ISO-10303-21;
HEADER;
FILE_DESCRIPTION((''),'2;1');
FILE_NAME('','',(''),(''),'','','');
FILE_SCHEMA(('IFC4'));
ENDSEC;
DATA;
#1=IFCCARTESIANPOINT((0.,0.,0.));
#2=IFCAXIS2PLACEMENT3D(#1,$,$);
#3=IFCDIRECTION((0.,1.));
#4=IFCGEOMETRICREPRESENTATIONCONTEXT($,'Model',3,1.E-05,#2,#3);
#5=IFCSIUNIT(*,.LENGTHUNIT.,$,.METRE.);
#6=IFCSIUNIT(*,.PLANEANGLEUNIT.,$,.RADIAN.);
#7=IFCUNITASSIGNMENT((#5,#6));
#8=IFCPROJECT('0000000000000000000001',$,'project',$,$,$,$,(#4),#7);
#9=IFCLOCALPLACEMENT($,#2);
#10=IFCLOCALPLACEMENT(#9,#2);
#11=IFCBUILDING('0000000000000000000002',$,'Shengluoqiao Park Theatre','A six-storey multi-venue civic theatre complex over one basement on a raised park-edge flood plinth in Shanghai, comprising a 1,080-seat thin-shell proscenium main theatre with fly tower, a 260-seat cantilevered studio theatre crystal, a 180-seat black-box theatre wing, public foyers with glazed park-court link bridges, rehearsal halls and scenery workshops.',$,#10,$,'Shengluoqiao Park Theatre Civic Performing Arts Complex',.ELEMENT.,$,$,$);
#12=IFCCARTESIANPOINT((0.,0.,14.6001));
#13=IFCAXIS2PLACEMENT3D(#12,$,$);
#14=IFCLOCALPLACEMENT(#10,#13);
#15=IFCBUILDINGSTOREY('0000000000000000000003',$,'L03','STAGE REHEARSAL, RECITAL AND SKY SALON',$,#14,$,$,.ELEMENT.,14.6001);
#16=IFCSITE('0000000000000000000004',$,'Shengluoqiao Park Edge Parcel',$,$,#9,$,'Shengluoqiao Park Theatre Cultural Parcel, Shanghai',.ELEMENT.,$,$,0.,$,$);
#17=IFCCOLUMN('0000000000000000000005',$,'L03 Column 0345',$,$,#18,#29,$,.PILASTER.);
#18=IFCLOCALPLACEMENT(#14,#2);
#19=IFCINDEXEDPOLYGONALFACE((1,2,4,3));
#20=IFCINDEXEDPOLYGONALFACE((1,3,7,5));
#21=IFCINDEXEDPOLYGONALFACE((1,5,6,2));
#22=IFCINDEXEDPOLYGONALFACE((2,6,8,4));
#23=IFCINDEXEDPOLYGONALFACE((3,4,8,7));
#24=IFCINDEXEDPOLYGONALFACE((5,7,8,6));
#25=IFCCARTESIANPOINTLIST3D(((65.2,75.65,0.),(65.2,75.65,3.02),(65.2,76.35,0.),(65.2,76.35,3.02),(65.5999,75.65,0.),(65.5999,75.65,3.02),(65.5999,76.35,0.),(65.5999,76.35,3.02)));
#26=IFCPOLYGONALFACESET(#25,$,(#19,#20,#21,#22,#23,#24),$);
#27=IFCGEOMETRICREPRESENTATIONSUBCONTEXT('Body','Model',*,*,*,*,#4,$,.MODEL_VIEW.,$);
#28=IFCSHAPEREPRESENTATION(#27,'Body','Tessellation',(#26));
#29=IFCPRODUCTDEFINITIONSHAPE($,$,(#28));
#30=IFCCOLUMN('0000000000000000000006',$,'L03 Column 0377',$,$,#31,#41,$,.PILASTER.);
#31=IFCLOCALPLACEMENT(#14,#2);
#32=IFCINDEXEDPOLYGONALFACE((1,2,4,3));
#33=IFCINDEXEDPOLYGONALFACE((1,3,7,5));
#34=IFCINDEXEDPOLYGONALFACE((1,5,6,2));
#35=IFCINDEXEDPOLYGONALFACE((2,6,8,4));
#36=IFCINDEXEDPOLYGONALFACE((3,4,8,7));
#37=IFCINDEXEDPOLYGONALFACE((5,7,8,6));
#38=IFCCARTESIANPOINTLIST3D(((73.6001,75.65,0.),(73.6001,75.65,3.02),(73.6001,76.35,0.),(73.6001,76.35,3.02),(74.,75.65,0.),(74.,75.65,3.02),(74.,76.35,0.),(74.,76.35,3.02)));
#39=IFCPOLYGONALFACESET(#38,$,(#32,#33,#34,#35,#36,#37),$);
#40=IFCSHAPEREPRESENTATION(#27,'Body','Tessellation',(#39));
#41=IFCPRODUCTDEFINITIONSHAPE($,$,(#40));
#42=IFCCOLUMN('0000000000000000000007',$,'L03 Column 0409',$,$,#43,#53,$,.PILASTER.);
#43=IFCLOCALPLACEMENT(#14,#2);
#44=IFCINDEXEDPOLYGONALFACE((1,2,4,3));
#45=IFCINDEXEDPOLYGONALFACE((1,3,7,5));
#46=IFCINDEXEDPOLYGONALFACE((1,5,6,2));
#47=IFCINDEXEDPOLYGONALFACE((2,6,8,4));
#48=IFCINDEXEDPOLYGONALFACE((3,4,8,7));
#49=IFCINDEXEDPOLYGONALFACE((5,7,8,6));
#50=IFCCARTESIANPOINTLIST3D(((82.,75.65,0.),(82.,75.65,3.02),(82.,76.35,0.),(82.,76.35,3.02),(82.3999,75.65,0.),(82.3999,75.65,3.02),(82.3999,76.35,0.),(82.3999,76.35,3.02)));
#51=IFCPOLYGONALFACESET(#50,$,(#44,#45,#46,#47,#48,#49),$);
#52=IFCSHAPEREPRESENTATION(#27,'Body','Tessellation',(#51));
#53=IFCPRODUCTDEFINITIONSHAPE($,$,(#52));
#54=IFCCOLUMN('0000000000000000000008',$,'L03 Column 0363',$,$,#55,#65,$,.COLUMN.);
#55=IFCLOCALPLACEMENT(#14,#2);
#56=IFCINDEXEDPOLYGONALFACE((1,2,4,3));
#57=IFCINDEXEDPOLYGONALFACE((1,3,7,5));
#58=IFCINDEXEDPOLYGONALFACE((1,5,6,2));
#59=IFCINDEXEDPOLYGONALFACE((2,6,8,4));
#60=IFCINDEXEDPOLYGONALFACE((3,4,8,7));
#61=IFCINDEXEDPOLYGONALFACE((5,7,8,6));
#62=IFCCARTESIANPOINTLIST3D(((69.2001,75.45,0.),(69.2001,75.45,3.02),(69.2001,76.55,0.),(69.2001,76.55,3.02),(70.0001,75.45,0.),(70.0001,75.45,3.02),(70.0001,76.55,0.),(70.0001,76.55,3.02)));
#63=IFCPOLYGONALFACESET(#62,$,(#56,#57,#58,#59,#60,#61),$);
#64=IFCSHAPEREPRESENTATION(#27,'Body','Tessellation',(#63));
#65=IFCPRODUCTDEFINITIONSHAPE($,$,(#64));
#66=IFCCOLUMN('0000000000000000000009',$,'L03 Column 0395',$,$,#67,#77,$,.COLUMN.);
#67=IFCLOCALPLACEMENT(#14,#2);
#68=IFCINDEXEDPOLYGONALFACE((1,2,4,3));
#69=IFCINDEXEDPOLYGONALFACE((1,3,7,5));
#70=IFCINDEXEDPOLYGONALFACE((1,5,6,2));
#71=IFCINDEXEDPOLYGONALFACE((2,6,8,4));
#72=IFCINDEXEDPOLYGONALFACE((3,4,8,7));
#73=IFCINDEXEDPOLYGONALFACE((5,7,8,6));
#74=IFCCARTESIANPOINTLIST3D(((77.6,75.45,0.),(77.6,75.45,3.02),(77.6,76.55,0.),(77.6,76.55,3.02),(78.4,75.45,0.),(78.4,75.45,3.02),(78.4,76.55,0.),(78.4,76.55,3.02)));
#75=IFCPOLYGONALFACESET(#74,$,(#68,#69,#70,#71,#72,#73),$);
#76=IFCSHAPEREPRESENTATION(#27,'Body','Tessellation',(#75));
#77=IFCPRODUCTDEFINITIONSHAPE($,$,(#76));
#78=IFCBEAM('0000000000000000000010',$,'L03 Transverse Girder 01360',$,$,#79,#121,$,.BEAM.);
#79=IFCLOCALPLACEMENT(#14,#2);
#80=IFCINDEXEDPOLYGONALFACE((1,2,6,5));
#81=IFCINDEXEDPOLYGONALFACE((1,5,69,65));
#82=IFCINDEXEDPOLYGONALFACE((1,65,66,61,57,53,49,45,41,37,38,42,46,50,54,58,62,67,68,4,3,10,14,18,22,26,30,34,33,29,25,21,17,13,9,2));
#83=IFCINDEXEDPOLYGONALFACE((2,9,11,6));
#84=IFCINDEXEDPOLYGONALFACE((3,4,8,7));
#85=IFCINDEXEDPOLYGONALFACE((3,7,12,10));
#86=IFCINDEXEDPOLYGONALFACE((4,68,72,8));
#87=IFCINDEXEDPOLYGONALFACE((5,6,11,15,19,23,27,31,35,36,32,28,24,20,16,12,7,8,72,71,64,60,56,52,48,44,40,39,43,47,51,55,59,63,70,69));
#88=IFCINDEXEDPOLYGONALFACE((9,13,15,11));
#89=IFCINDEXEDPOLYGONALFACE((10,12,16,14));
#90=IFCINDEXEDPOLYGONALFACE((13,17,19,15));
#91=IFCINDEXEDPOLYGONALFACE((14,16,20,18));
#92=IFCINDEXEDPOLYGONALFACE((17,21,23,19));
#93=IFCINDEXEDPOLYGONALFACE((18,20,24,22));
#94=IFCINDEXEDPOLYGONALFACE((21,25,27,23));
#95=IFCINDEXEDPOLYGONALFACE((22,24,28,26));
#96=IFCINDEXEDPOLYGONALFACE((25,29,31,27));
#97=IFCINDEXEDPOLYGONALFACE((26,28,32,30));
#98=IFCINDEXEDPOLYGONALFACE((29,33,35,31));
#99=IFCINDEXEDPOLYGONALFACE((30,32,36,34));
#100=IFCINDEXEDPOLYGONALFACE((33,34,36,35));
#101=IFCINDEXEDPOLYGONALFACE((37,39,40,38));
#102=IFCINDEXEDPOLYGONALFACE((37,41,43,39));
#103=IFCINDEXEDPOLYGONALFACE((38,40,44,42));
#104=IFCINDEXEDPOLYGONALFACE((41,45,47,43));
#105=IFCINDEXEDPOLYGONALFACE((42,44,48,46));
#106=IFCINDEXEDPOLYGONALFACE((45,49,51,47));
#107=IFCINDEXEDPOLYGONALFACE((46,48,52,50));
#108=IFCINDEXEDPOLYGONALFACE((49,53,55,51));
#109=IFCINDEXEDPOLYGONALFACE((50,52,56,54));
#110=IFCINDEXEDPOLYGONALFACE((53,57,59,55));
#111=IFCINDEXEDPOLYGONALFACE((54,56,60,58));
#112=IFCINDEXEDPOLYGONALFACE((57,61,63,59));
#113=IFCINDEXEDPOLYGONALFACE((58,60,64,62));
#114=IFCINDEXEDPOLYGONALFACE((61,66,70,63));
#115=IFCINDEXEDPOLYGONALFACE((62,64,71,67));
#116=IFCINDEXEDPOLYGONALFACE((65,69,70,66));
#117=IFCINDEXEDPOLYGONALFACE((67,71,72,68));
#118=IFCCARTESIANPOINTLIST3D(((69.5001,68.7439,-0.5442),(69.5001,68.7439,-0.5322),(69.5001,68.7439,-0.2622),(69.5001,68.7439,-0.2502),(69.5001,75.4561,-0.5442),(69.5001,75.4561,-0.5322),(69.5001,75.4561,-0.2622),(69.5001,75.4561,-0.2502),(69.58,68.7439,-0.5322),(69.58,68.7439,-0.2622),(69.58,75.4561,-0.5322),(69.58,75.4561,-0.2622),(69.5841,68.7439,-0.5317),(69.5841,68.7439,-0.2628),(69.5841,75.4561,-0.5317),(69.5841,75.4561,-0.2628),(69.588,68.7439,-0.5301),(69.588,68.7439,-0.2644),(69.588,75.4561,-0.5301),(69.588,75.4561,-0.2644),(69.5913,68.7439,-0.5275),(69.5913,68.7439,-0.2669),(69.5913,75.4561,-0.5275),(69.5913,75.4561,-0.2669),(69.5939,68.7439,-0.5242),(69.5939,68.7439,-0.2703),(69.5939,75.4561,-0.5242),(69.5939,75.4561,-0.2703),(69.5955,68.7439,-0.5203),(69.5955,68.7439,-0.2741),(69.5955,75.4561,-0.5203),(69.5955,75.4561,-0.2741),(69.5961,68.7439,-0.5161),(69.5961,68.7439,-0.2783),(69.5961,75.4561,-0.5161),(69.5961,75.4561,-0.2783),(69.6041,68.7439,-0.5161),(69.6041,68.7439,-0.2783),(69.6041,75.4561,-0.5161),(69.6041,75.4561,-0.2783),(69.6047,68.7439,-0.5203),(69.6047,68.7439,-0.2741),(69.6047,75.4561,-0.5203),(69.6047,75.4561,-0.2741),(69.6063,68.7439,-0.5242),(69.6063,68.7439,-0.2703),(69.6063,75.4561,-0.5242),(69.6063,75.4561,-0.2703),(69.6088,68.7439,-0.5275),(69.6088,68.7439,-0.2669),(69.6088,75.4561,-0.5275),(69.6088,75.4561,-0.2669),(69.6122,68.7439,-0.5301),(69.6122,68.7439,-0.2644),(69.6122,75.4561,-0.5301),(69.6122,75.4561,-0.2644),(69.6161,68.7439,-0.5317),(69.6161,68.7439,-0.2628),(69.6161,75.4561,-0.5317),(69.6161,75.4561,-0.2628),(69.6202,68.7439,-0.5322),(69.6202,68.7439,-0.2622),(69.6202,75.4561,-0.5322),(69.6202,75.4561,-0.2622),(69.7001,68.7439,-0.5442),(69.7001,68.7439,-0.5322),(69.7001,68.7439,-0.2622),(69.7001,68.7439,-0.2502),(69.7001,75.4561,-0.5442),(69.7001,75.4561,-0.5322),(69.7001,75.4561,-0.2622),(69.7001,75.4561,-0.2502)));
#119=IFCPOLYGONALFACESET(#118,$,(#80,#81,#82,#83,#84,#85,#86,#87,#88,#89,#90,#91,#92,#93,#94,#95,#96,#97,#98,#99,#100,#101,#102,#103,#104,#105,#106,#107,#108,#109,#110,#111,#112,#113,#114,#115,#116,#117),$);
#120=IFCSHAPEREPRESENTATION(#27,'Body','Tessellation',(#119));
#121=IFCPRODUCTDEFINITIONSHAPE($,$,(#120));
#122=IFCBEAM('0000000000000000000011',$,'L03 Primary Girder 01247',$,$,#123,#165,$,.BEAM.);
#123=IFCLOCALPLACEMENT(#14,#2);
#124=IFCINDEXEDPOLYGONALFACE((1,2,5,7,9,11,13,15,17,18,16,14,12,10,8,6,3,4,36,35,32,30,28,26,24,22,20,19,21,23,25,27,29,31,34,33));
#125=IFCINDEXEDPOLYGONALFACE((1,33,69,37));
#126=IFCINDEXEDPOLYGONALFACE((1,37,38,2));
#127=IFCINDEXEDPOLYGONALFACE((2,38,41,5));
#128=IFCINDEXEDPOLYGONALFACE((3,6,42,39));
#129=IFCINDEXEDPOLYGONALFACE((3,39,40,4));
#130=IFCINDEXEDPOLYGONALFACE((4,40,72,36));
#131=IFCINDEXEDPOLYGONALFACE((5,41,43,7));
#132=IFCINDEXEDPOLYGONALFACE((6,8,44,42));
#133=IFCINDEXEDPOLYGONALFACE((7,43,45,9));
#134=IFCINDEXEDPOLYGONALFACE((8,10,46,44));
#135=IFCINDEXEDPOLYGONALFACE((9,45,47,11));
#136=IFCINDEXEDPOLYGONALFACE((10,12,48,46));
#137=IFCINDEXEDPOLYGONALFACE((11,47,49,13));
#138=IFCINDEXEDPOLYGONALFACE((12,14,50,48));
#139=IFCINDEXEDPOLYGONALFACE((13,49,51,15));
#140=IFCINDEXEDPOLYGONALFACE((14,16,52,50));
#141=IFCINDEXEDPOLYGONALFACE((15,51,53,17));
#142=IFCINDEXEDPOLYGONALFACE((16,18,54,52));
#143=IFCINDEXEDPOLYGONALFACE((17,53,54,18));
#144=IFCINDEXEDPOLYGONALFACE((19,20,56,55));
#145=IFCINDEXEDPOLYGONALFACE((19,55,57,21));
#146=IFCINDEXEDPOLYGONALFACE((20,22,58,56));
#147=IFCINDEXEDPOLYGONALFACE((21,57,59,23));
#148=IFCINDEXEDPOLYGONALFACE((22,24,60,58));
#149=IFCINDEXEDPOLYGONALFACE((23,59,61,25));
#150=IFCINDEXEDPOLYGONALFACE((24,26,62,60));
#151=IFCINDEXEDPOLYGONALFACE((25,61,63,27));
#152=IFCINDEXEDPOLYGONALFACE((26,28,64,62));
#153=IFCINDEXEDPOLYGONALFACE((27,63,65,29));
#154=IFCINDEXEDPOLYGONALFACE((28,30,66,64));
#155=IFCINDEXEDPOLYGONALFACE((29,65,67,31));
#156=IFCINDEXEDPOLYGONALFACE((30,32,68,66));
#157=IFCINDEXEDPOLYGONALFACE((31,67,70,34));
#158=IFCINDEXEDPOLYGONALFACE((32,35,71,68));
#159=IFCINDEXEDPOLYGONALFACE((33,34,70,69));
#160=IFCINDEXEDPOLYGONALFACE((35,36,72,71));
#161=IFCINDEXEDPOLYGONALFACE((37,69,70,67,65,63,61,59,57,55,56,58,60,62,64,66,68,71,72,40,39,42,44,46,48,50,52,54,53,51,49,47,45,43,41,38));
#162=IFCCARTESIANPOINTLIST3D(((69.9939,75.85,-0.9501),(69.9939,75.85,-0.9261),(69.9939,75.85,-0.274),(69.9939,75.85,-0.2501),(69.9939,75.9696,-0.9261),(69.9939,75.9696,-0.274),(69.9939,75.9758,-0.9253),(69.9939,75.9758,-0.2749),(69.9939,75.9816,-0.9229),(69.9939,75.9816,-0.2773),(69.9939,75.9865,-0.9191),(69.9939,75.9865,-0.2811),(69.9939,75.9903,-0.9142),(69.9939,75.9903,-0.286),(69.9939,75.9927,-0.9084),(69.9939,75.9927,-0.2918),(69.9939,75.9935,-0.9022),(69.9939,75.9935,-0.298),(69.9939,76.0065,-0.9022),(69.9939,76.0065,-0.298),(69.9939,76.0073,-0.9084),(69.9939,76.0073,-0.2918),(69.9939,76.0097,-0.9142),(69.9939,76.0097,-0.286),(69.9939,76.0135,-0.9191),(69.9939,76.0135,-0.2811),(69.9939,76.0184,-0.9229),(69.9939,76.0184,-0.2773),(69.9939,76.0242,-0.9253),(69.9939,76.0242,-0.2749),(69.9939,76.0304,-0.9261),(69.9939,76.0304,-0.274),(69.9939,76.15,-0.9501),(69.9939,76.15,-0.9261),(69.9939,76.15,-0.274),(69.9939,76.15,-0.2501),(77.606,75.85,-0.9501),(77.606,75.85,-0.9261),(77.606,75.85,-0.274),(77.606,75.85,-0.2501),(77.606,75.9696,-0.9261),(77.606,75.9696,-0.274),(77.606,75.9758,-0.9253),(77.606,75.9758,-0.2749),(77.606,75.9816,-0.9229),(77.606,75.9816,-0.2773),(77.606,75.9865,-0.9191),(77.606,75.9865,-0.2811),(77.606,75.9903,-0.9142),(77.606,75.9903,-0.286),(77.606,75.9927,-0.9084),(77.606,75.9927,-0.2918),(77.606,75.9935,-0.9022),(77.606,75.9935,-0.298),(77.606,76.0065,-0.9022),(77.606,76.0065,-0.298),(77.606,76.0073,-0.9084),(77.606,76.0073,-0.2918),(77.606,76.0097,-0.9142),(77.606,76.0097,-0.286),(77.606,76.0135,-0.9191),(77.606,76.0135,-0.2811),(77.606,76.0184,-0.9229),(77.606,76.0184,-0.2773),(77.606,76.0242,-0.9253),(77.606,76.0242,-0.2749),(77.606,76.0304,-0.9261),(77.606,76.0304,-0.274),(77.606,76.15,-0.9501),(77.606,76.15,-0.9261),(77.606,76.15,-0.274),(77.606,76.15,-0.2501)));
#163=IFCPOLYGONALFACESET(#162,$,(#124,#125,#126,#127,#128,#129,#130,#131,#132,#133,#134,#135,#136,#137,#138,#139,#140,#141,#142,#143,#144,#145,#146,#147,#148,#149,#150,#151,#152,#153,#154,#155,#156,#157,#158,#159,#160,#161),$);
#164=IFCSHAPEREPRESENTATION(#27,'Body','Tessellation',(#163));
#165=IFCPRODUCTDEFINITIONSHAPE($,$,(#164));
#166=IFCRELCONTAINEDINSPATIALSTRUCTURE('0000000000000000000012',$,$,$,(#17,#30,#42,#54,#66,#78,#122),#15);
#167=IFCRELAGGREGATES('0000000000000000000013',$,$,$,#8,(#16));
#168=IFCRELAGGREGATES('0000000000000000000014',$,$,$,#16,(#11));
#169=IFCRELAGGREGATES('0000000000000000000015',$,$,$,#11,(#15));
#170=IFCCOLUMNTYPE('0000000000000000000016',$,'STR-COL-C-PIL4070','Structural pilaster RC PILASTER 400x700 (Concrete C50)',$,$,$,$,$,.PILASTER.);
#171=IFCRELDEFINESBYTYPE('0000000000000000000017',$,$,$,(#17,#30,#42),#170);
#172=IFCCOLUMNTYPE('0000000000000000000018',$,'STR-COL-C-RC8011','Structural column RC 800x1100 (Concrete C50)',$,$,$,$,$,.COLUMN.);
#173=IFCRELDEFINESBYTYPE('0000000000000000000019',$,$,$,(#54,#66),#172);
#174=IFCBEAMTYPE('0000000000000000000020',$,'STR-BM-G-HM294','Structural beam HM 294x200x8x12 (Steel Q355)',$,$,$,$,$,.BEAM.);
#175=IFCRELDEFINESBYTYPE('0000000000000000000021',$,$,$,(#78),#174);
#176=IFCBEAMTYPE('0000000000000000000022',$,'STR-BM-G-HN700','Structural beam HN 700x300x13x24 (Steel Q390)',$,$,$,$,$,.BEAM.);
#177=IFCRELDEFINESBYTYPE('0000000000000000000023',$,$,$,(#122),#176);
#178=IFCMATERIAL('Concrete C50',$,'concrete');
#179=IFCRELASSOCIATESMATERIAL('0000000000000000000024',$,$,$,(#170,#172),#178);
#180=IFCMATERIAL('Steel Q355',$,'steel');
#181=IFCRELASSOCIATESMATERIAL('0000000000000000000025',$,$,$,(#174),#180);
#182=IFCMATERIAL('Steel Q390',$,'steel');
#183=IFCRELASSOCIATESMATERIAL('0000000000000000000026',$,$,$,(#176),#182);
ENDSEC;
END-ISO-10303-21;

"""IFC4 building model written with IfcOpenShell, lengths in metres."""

from ifc_helpers import new_model, si_unit, direction, frame, origin, origin_2d, place, context, subcontext, project, spatial, rectangle, i_section, extrude, material, material_profile, profile_set, type_object, element, save


model = new_model("IFC4")

# Units and contexts
model_context = context("Model", 3, precision=1e-05, world=origin(), true_north=direction((0.0, 1.0)))
body_context = subcontext(model_context, "Body", "Model", "MODEL_VIEW")
ifc_project = project(units=[si_unit("LENGTHUNIT", "METRE"), si_unit("PLANEANGLEUNIT", "RADIAN")], contexts=[model_context])

# Site, building, storey
site_placement = place(None, origin())
site = spatial("IfcSite", under=ifc_project, at=site_placement, Name="Shengluoqiao Park Edge Parcel", LongName="Shengluoqiao Park Theatre Cultural Parcel, Shanghai", CompositionType="ELEMENT", RefElevation=0.0)
building_placement = place(site_placement, origin())
building = spatial("IfcBuilding", under=site, at=building_placement, Name="Shengluoqiao Park Theatre", Description="A six-storey multi-venue civic theatre complex over one basement on a raised park-edge flood plinth in Shanghai, comprising a 1,080-seat thin-shell proscenium main theatre with fly tower, a 260-seat cantilevered studio theatre crystal, a 180-seat black-box theatre wing, public foyers with glazed park-court link bridges, rehearsal halls and scenery workshops.", LongName="Shengluoqiao Park Theatre Civic Performing Arts Complex", CompositionType="ELEMENT")
storey_placement = place(building_placement, frame((0.0, 0.0, 14.6001)))
storey = spatial("IfcBuildingStorey", under=building, at=storey_placement, Name="L03", Description="STAGE REHEARSAL, RECITAL AND SKY SALON", CompositionType="ELEMENT", Elevation=14.6001)

# Columns
ifc_material_1 = material(Name="Concrete C50", Category="concrete")
ifc_material_profile_1 = material_profile(ifc_material_1, rectangle(XDim=0.3999, YDim=0.7, at=origin_2d()), Name="RC PILASTER 400x700")
ifc_profile_set_1 = profile_set([ifc_material_profile_1], Name="Concrete C50")
column_type_1 = type_object("IfcColumnType", Name="STR-COL-C-PIL4070", Description="Structural pilaster RC PILASTER 400x700 (Concrete C50)", PredefinedType="PILASTER", material=ifc_profile_set_1)
for number, where, z_axis, x_axis, name in (
    (1, (65.3999, 76.0, 0.0), (0.0, 0.0, 1.0), (1.0, 0.0, 0.0), "L03 Column 0345"),
    (2, (73.8, 76.0, 0.0), (0.0, 0.0, 1.0), (1.0, 0.0, 0.0), "L03 Column 0377"),
    (3, (82.2, 76.0, 0.0), (0.0, 0.0, 1.0), (1.0, 0.0, 0.0), "L03 Column 0409"),
):
    element("IfcColumn", number, at=place(storey_placement, frame(where, z_axis=z_axis, x_axis=x_axis)), inside=storey, type_object=column_type_1, Name=name, PredefinedType="PILASTER", context=body_context, shape_type="SweptSolid", body=[
        extrude(rectangle(XDim=0.3999, YDim=0.7, at=origin_2d()), origin(), (0.0, 0.0, 1.0), 3.02),
    ])
ifc_material_profile_2 = material_profile(ifc_material_1, rectangle(XDim=0.8, YDim=1.1001, at=origin_2d()), Name="RC 800x1100")
ifc_profile_set_2 = profile_set([ifc_material_profile_2], Name="Concrete C50")
column_type_2 = type_object("IfcColumnType", Name="STR-COL-C-RC8011", Description="Structural column RC 800x1100 (Concrete C50)", PredefinedType="COLUMN", material=ifc_profile_set_2)
for number, where, z_axis, x_axis, name in (
    (4, (69.6001, 76.0, 0.0), (0.0, 0.0, 1.0), (1.0, 0.0, 0.0), "L03 Column 0363"),
    (5, (78.0, 76.0, 0.0), (0.0, 0.0, 1.0), (1.0, 0.0, 0.0), "L03 Column 0395"),
):
    element("IfcColumn", number, at=place(storey_placement, frame(where, z_axis=z_axis, x_axis=x_axis)), inside=storey, type_object=column_type_2, Name=name, PredefinedType="COLUMN", context=body_context, shape_type="SweptSolid", body=[
        extrude(rectangle(XDim=0.8, YDim=1.1001, at=origin_2d()), origin(), (0.0, 0.0, 1.0), 3.02),
    ])

# Beams
ifc_material_2 = material(Name="Steel Q355", Category="steel")
ifc_material_profile_3 = material_profile(ifc_material_2, i_section(OverallWidth=0.2, OverallDepth=0.2939, WebThickness=0.0081, FlangeThickness=0.012, FilletRadius=0.0161, at=origin_2d()), Name="HM 294x200x8x12")
ifc_profile_set_3 = profile_set([ifc_material_profile_3], Name="Steel Q355")
beam_type_1 = type_object("IfcBeamType", Name="STR-BM-G-HM294", Description="Structural beam HM 294x200x8x12 (Steel Q355)", PredefinedType="BEAM", material=ifc_profile_set_3)
beam_placement = place(storey_placement, frame((69.6001, 68.7439, -0.3972), z_axis=(0.0, 1.0, 0.0), x_axis=(-1.0, 0.0, 0.0)))
element("IfcBeam", 6, at=beam_placement, inside=storey, type_object=beam_type_1, Name="L03 Transverse Girder 01360", PredefinedType="BEAM", context=body_context, shape_type="SweptSolid", body=[
    extrude(i_section(OverallWidth=0.2, OverallDepth=0.2939, WebThickness=0.0081, FlangeThickness=0.012, FilletRadius=0.0161, at=origin_2d()), origin(), (0.0, 0.0, 1.0), 6.7122),
])
ifc_material_3 = material(Name="Steel Q390", Category="steel")
ifc_material_profile_4 = material_profile(ifc_material_3, i_section(OverallWidth=0.3, OverallDepth=0.7, WebThickness=0.0129, FlangeThickness=0.0239, FilletRadius=0.0239, at=origin_2d()), Name="HN 700x300x13x24")
ifc_profile_set_4 = profile_set([ifc_material_profile_4], Name="Steel Q390")
beam_type_2 = type_object("IfcBeamType", Name="STR-BM-G-HN700", Description="Structural beam HN 700x300x13x24 (Steel Q390)", PredefinedType="BEAM", material=ifc_profile_set_4)
for number, where, z_axis, x_axis, name in (
    (7, (69.9939, 76.0, -0.6001), (1.0, 0.0, 0.0), (0.0, 1.0, 0.0), "L03 Primary Girder 01247"),
):
    element("IfcBeam", number, at=place(storey_placement, frame(where, z_axis=z_axis, x_axis=x_axis)), inside=storey, type_object=beam_type_2, Name=name, PredefinedType="BEAM", context=body_context, shape_type="SweptSolid", body=[
        extrude(i_section(OverallWidth=0.3, OverallDepth=0.7, WebThickness=0.0129, FlangeThickness=0.0239, FilletRadius=0.0239, at=origin_2d()), origin(), (0.0, 0.0, 1.0), 7.6121),
    ])

save(model, "model.ifc")
